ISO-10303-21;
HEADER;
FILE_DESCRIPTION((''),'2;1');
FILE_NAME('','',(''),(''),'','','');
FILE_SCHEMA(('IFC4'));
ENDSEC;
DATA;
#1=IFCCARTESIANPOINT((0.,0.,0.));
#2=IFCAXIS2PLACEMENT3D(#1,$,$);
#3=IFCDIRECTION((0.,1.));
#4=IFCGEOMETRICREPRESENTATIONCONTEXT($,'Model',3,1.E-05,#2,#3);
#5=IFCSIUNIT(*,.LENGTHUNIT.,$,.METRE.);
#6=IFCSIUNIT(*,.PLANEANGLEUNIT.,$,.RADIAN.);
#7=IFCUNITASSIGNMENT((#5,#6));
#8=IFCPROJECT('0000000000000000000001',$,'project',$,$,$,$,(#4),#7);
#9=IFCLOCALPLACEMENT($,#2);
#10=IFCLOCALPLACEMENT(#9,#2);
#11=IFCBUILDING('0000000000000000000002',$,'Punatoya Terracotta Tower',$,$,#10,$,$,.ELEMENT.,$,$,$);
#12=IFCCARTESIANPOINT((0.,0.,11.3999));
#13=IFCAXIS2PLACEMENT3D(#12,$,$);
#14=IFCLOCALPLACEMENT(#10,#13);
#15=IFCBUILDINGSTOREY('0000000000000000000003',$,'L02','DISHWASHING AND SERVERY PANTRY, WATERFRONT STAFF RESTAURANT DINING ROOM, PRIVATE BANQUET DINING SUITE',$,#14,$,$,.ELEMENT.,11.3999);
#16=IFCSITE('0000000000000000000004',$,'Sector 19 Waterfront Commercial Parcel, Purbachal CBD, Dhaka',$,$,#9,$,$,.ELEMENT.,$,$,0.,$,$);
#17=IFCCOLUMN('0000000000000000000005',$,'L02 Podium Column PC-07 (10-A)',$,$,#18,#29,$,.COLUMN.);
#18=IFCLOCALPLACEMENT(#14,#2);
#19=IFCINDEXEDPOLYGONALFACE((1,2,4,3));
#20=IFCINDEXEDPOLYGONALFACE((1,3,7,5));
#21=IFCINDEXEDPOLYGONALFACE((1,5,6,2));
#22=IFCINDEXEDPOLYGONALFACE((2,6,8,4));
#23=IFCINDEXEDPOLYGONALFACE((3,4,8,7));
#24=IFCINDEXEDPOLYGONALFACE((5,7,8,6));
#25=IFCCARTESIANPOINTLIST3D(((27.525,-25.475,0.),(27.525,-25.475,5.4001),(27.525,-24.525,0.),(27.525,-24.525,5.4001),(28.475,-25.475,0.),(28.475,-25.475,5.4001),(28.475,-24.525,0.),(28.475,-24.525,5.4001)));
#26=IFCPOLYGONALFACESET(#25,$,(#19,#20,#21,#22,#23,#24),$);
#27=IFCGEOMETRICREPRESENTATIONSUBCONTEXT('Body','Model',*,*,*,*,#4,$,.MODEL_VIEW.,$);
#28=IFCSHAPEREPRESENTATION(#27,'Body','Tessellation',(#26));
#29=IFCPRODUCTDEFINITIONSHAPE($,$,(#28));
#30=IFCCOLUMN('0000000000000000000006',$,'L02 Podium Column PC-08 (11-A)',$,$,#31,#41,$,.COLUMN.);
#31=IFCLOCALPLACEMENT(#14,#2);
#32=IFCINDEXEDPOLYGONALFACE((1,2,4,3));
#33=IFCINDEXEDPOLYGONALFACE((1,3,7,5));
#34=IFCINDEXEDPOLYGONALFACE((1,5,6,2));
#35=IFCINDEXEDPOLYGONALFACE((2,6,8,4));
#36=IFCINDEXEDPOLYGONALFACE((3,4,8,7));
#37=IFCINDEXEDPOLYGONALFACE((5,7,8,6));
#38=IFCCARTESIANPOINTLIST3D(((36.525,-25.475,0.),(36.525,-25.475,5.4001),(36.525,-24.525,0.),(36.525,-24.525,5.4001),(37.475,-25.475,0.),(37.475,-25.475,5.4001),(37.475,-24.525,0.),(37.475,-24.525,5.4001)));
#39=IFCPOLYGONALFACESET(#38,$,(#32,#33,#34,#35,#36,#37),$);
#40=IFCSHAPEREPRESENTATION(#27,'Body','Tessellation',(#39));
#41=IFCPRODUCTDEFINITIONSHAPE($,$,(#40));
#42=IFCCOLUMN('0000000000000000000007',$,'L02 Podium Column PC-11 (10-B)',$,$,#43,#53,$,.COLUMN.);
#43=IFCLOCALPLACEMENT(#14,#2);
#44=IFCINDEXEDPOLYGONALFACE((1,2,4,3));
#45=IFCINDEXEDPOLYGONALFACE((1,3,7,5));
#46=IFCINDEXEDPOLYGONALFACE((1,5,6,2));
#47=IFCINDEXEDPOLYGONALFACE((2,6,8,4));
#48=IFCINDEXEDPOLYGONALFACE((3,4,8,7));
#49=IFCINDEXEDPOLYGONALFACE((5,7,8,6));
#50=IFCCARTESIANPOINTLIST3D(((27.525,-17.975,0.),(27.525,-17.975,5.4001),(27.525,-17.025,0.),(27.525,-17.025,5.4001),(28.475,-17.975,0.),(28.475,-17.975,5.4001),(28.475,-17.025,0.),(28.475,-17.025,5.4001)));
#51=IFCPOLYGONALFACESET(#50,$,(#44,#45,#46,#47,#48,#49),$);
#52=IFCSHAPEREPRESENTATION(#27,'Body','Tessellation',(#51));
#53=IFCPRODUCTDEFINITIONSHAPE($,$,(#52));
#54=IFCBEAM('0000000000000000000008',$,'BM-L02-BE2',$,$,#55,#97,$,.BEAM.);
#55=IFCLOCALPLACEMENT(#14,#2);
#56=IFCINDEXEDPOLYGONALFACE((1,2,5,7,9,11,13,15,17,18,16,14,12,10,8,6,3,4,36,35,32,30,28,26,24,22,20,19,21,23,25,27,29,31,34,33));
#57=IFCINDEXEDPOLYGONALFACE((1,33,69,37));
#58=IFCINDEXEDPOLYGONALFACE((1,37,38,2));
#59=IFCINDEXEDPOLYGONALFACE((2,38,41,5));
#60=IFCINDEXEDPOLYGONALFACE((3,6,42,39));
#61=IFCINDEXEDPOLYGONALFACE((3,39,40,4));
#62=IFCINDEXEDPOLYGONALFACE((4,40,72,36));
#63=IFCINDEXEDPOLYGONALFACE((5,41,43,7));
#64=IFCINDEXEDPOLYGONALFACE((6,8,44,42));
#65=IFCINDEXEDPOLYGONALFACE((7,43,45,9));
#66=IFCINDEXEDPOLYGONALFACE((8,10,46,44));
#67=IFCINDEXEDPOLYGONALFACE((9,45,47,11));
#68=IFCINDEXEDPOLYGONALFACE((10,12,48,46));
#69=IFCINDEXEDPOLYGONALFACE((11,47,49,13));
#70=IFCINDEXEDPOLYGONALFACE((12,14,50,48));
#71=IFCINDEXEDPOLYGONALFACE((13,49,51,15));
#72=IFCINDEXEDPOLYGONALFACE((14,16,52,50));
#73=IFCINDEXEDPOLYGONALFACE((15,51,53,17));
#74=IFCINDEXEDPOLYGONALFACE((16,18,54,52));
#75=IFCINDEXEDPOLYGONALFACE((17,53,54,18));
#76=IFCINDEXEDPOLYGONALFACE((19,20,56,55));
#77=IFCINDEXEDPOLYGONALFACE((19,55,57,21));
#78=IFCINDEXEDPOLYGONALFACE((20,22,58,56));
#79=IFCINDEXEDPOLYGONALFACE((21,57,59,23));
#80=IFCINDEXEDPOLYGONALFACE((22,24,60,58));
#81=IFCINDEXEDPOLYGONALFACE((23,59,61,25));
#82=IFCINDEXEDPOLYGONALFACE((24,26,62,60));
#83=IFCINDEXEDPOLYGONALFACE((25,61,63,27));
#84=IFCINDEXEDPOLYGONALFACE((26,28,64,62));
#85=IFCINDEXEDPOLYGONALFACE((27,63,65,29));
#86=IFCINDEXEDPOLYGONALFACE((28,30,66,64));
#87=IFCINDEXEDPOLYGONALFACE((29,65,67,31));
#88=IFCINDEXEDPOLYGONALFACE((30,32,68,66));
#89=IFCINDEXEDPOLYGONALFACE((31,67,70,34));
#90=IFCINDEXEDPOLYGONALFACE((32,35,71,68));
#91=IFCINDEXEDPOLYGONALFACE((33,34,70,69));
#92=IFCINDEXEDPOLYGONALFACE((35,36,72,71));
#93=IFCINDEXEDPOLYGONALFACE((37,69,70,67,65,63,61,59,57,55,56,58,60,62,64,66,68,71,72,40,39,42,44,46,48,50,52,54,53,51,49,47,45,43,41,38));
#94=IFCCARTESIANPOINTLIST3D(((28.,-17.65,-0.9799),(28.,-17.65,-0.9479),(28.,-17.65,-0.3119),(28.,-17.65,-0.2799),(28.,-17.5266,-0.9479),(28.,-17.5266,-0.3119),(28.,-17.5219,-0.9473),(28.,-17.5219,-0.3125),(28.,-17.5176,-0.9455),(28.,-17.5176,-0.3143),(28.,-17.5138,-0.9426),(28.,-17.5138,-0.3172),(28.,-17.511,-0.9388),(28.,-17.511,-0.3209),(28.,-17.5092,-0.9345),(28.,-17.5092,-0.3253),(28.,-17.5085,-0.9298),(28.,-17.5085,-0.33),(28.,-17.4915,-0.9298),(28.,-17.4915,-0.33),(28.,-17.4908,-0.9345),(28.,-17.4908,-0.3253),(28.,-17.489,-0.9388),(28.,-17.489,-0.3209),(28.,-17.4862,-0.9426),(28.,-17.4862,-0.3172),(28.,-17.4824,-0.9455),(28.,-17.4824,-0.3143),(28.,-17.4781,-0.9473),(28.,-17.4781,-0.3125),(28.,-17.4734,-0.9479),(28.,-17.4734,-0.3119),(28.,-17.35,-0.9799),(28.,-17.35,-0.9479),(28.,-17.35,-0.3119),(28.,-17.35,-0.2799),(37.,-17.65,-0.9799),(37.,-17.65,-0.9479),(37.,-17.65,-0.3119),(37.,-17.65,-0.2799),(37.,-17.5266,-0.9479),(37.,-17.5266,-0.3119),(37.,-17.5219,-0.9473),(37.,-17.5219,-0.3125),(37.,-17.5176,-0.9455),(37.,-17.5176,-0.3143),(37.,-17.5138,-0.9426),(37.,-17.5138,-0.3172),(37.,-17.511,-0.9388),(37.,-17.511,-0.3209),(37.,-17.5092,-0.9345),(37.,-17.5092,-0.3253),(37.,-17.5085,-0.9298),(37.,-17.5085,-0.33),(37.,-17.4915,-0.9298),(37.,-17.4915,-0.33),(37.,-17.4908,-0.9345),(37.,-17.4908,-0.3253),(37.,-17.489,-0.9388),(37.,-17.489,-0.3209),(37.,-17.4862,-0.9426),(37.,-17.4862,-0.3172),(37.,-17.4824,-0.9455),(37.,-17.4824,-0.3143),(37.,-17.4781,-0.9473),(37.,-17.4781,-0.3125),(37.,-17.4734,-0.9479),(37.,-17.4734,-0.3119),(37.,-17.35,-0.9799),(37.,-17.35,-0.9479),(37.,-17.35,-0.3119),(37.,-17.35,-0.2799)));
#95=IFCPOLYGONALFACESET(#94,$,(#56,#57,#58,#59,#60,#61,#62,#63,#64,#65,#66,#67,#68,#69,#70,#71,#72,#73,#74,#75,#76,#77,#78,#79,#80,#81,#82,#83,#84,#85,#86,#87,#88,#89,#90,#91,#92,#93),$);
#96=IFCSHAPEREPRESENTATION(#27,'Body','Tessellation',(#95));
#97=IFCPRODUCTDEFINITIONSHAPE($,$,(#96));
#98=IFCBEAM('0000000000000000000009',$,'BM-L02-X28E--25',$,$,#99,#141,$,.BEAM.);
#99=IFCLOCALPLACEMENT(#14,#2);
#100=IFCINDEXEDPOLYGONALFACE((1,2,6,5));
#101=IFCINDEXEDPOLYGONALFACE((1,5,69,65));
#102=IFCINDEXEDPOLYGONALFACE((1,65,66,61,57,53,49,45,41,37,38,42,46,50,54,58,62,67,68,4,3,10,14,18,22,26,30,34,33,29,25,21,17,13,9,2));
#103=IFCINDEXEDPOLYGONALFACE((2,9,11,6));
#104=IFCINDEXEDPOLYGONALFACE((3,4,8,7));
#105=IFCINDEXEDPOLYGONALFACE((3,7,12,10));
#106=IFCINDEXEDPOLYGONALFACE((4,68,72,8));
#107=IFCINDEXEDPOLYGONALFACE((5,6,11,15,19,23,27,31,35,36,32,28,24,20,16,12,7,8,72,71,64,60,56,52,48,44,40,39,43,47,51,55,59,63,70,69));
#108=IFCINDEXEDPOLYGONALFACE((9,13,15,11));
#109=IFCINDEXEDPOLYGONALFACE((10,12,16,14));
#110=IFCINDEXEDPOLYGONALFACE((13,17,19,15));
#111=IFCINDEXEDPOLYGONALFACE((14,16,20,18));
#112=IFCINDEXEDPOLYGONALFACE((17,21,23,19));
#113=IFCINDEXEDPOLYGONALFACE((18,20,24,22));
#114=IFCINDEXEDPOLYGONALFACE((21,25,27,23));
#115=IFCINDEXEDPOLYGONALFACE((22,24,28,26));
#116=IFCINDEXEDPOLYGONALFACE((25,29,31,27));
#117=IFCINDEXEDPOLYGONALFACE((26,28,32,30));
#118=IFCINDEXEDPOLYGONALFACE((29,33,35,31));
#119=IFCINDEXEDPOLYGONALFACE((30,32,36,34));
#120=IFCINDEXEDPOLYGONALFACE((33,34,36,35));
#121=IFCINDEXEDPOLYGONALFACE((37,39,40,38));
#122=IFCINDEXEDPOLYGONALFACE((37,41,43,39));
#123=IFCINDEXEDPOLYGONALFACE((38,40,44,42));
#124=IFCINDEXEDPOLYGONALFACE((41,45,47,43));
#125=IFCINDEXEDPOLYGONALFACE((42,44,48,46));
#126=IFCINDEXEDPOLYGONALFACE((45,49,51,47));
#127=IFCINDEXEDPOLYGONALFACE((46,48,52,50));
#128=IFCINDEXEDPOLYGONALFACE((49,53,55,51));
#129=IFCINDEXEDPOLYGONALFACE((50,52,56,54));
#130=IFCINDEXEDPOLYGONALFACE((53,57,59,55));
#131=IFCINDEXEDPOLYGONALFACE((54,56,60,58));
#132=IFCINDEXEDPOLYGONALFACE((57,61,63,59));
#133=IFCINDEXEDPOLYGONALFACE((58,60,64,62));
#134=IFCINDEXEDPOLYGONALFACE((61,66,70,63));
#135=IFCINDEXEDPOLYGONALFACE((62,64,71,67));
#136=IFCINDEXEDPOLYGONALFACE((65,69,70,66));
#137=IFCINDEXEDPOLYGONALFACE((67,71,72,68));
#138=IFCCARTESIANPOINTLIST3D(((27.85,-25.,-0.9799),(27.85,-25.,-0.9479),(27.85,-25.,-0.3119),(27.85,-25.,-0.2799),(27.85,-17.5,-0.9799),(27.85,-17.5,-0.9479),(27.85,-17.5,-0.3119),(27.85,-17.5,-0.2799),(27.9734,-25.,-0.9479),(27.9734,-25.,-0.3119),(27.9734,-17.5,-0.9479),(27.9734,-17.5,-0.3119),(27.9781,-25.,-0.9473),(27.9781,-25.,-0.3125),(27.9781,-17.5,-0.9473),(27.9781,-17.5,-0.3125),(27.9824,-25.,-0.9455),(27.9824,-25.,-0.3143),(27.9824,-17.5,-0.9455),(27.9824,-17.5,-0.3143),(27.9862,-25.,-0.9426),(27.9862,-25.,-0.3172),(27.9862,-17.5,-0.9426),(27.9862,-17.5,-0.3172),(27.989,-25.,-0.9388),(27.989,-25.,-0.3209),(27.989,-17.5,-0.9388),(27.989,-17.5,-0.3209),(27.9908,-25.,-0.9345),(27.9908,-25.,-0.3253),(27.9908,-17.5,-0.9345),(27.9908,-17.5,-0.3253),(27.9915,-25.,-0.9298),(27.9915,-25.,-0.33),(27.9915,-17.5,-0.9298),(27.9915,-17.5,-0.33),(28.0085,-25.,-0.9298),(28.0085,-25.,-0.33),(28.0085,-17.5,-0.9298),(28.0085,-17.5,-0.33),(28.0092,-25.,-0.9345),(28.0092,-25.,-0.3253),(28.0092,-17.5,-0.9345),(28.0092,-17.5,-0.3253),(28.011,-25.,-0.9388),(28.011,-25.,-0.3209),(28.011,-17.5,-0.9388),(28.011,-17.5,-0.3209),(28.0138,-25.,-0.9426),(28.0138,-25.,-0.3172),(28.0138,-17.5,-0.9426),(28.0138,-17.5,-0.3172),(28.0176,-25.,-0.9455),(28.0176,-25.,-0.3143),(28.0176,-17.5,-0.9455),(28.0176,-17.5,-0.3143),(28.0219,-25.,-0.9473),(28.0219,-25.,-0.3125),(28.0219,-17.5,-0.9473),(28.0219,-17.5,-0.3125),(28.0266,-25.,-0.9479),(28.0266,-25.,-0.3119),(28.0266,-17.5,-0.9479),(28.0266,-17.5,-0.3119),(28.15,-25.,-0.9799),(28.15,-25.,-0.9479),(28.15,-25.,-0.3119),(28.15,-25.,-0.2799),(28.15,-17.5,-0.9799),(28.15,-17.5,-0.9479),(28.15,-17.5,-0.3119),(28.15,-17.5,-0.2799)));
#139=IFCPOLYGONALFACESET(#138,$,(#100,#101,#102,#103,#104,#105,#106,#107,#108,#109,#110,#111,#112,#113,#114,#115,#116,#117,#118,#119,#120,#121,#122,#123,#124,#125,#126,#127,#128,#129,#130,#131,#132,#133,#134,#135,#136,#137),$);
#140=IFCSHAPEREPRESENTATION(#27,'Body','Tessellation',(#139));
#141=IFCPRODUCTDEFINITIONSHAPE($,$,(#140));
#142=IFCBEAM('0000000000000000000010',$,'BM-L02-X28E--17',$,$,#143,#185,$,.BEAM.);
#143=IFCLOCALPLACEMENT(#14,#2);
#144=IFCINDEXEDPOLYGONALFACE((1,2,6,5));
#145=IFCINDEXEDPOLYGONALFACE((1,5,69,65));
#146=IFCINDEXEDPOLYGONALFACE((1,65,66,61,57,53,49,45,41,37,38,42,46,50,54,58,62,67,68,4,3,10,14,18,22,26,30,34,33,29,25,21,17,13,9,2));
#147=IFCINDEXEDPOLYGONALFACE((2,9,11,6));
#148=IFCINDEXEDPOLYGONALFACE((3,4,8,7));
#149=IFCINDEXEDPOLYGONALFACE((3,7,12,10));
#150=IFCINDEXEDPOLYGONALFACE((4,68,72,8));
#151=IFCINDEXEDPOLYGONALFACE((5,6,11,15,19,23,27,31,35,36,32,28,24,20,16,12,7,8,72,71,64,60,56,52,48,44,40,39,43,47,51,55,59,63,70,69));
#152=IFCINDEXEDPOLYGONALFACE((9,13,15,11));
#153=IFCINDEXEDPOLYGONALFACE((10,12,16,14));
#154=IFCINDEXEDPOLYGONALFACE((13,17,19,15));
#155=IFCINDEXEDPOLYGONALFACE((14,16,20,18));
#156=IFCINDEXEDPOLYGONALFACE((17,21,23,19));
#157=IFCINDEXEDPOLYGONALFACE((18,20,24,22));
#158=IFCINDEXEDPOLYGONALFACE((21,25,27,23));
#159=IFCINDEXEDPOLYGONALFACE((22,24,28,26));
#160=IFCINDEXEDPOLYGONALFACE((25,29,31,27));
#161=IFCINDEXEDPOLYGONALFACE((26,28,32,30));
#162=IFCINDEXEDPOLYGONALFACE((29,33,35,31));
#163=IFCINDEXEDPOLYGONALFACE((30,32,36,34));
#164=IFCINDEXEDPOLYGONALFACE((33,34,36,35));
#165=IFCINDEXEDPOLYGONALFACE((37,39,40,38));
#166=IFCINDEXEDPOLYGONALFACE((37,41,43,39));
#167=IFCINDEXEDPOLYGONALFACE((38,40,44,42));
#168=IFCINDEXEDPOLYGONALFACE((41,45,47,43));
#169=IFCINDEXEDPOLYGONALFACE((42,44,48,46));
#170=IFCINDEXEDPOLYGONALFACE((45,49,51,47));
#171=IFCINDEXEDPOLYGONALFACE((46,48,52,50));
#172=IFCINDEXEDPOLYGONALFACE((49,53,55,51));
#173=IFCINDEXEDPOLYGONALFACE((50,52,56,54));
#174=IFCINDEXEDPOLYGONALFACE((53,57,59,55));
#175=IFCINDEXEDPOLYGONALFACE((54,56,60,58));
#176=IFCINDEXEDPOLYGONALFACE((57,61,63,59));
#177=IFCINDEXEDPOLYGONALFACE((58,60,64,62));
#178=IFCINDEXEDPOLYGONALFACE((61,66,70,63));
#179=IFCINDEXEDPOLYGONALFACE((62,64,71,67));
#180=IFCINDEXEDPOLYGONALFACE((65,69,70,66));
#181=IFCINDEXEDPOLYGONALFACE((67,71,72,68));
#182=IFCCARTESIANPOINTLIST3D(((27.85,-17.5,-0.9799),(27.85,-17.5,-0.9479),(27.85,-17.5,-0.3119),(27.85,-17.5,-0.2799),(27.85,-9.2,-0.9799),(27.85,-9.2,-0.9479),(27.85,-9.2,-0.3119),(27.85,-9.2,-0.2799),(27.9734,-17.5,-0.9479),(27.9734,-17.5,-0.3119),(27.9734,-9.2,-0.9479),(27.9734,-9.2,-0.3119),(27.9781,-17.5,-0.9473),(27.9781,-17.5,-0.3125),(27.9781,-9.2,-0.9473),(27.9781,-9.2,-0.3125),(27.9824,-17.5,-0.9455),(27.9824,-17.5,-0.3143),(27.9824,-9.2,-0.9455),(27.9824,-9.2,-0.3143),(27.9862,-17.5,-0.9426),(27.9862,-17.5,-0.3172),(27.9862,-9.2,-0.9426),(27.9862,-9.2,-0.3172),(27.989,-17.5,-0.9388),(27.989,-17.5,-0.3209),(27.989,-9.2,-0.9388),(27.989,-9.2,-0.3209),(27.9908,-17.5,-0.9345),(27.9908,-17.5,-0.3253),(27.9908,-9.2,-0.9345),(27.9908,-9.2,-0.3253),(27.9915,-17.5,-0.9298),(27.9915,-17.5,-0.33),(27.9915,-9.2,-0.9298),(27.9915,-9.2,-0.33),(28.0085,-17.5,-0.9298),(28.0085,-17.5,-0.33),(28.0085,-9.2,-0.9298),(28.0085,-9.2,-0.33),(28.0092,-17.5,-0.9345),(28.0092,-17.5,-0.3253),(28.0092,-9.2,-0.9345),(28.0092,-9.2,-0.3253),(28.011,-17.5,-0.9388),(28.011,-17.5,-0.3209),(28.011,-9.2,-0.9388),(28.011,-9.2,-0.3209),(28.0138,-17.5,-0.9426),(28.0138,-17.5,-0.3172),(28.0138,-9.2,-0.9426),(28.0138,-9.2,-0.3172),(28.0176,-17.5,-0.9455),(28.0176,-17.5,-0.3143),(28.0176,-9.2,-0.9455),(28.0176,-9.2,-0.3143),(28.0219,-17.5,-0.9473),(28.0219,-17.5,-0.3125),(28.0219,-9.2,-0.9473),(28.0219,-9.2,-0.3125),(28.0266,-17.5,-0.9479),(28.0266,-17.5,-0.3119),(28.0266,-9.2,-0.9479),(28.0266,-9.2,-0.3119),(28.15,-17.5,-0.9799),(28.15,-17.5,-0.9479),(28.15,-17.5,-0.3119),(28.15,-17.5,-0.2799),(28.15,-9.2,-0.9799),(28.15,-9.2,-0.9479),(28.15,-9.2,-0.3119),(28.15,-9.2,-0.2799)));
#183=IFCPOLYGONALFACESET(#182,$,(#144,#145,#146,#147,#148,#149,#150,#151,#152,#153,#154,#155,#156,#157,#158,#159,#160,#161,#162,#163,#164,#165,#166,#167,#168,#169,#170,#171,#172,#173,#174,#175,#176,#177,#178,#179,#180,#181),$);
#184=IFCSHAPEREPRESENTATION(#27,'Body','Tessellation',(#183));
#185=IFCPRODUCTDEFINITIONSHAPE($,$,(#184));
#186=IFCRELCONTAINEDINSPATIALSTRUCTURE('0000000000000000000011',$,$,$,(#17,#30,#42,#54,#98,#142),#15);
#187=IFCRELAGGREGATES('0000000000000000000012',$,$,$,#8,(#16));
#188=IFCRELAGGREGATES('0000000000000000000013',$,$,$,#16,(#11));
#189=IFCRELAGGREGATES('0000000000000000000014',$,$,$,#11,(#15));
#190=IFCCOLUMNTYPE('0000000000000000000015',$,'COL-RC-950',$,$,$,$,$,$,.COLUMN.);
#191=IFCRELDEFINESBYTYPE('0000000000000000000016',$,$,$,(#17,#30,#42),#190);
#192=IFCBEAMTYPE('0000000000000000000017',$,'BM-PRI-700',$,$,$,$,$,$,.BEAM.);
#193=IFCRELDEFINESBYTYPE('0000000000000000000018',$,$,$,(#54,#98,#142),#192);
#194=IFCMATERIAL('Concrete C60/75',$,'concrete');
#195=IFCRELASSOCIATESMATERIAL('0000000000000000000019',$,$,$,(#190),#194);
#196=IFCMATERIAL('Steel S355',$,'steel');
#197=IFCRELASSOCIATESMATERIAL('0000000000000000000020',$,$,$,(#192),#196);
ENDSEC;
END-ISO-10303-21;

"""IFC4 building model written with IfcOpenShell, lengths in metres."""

from ifc_helpers import new_model, si_unit, direction, frame, origin, origin_2d, place, context, subcontext, project, spatial, rectangle, i_section, extrude, material, material_profile, profile_set, type_object, element, save


model = new_model("IFC4")

# Units and contexts
model_context = context("Model", 3, precision=1e-05, world=origin(), true_north=direction((0.0, 1.0)))
body_context = subcontext(model_context, "Body", "Model", "MODEL_VIEW")
ifc_project = project(units=[si_unit("LENGTHUNIT", "METRE"), si_unit("PLANEANGLEUNIT", "RADIAN")], contexts=[model_context])

# Site, building, storey
site_placement = place(None, origin())
site = spatial("IfcSite", under=ifc_project, at=site_placement, Name="Sector 19 Waterfront Commercial Parcel, Purbachal CBD, Dhaka", CompositionType="ELEMENT", RefElevation=0.0)
building_placement = place(site_placement, origin())
building = spatial("IfcBuilding", under=site, at=building_placement, Name="Punatoya Terracotta Tower", CompositionType="ELEMENT")
storey_placement = place(building_placement, frame((0.0, 0.0, 11.3999)))
storey = spatial("IfcBuildingStorey", under=building, at=storey_placement, Name="L02", Description="DISHWASHING AND SERVERY PANTRY, WATERFRONT STAFF RESTAURANT DINING ROOM, PRIVATE BANQUET DINING SUITE", CompositionType="ELEMENT", Elevation=11.3999)

# Columns
ifc_material_1 = material(Name="Concrete C60/75", Category="concrete")
ifc_material_profile_1 = material_profile(ifc_material_1, rectangle(XDim=0.95, YDim=0.95, at=origin_2d()))
ifc_profile_set_1 = profile_set([ifc_material_profile_1], Name="Concrete C60/75")
column_type = type_object("IfcColumnType", Name="COL-RC-950", PredefinedType="COLUMN", material=ifc_profile_set_1)
for number, where, z_axis, x_axis, name in (
    (1, (28.0, -25.0, 0.0), (0.0, 0.0, 1.0), (1.0, 0.0, 0.0), "L02 Podium Column PC-07 (10-A)"),
    (2, (37.0, -25.0, 0.0), (0.0, 0.0, 1.0), (1.0, 0.0, 0.0), "L02 Podium Column PC-08 (11-A)"),
    (3, (28.0, -17.5, 0.0), (0.0, 0.0, 1.0), (1.0, 0.0, 0.0), "L02 Podium Column PC-11 (10-B)"),
):
    element("IfcColumn", number, at=place(storey_placement, frame(where, z_axis=z_axis, x_axis=x_axis)), inside=storey, type_object=column_type, Name=name, PredefinedType="COLUMN", context=body_context, shape_type="SweptSolid", body=[
        extrude(rectangle(XDim=0.95, YDim=0.95, at=origin_2d()), origin(), (0.0, 0.0, 1.0), 5.4001),
    ])

# Beams
ifc_material_2 = material(Name="Steel S355", Category="steel")
ifc_material_profile_2 = material_profile(ifc_material_2, i_section(OverallWidth=0.3, OverallDepth=0.7, WebThickness=0.0171, FlangeThickness=0.032, FilletRadius=0.0181, at=origin_2d()))
ifc_profile_set_2 = profile_set([ifc_material_profile_2], Name="Steel S355")
beam_type_1 = type_object("IfcBeamType", Name="BM-PRI-700", PredefinedType="BEAM", material=ifc_profile_set_2)
beam_1_placement = place(storey_placement, frame((28.0, -17.5, -0.6299), z_axis=(1.0, 0.0, 0.0), x_axis=(0.0, 1.0, 0.0)))
element("IfcBeam", 4, at=beam_1_placement, inside=storey, type_object=beam_type_1, Name="BM-L02-BE2", PredefinedType="BEAM", context=body_context, shape_type="SweptSolid", body=[
    extrude(i_section(OverallWidth=0.3, OverallDepth=0.7, WebThickness=0.0171, FlangeThickness=0.032, FilletRadius=0.0181, at=origin_2d()), origin(), (0.0, 0.0, 1.0), 9.0),
])
beam_2_placement = place(storey_placement, frame((28.0, -25.0, -0.6299), z_axis=(0.0, 1.0, 0.0), x_axis=(-1.0, 0.0, 0.0)))
element("IfcBeam", 5, at=beam_2_placement, inside=storey, type_object=beam_type_1, Name="BM-L02-X28E--25", PredefinedType="BEAM", context=body_context, shape_type="SweptSolid", body=[
    extrude(i_section(OverallWidth=0.3, OverallDepth=0.7, WebThickness=0.0171, FlangeThickness=0.032, FilletRadius=0.0181, at=origin_2d()), origin(), (0.0, 0.0, 1.0), 7.5),
])
beam_3_placement = place(storey_placement, frame((28.0, -17.5, -0.6299), z_axis=(0.0, 1.0, 0.0), x_axis=(-1.0, 0.0, 0.0)))
element("IfcBeam", 6, at=beam_3_placement, inside=storey, type_object=beam_type_1, Name="BM-L02-X28E--17", PredefinedType="BEAM", context=body_context, shape_type="SweptSolid", body=[
    extrude(i_section(OverallWidth=0.3, OverallDepth=0.7, WebThickness=0.0171, FlangeThickness=0.032, FilletRadius=0.0181, at=origin_2d()), origin(), (0.0, 0.0, 1.0), 8.3),
])

save(model, "model.ifc")
